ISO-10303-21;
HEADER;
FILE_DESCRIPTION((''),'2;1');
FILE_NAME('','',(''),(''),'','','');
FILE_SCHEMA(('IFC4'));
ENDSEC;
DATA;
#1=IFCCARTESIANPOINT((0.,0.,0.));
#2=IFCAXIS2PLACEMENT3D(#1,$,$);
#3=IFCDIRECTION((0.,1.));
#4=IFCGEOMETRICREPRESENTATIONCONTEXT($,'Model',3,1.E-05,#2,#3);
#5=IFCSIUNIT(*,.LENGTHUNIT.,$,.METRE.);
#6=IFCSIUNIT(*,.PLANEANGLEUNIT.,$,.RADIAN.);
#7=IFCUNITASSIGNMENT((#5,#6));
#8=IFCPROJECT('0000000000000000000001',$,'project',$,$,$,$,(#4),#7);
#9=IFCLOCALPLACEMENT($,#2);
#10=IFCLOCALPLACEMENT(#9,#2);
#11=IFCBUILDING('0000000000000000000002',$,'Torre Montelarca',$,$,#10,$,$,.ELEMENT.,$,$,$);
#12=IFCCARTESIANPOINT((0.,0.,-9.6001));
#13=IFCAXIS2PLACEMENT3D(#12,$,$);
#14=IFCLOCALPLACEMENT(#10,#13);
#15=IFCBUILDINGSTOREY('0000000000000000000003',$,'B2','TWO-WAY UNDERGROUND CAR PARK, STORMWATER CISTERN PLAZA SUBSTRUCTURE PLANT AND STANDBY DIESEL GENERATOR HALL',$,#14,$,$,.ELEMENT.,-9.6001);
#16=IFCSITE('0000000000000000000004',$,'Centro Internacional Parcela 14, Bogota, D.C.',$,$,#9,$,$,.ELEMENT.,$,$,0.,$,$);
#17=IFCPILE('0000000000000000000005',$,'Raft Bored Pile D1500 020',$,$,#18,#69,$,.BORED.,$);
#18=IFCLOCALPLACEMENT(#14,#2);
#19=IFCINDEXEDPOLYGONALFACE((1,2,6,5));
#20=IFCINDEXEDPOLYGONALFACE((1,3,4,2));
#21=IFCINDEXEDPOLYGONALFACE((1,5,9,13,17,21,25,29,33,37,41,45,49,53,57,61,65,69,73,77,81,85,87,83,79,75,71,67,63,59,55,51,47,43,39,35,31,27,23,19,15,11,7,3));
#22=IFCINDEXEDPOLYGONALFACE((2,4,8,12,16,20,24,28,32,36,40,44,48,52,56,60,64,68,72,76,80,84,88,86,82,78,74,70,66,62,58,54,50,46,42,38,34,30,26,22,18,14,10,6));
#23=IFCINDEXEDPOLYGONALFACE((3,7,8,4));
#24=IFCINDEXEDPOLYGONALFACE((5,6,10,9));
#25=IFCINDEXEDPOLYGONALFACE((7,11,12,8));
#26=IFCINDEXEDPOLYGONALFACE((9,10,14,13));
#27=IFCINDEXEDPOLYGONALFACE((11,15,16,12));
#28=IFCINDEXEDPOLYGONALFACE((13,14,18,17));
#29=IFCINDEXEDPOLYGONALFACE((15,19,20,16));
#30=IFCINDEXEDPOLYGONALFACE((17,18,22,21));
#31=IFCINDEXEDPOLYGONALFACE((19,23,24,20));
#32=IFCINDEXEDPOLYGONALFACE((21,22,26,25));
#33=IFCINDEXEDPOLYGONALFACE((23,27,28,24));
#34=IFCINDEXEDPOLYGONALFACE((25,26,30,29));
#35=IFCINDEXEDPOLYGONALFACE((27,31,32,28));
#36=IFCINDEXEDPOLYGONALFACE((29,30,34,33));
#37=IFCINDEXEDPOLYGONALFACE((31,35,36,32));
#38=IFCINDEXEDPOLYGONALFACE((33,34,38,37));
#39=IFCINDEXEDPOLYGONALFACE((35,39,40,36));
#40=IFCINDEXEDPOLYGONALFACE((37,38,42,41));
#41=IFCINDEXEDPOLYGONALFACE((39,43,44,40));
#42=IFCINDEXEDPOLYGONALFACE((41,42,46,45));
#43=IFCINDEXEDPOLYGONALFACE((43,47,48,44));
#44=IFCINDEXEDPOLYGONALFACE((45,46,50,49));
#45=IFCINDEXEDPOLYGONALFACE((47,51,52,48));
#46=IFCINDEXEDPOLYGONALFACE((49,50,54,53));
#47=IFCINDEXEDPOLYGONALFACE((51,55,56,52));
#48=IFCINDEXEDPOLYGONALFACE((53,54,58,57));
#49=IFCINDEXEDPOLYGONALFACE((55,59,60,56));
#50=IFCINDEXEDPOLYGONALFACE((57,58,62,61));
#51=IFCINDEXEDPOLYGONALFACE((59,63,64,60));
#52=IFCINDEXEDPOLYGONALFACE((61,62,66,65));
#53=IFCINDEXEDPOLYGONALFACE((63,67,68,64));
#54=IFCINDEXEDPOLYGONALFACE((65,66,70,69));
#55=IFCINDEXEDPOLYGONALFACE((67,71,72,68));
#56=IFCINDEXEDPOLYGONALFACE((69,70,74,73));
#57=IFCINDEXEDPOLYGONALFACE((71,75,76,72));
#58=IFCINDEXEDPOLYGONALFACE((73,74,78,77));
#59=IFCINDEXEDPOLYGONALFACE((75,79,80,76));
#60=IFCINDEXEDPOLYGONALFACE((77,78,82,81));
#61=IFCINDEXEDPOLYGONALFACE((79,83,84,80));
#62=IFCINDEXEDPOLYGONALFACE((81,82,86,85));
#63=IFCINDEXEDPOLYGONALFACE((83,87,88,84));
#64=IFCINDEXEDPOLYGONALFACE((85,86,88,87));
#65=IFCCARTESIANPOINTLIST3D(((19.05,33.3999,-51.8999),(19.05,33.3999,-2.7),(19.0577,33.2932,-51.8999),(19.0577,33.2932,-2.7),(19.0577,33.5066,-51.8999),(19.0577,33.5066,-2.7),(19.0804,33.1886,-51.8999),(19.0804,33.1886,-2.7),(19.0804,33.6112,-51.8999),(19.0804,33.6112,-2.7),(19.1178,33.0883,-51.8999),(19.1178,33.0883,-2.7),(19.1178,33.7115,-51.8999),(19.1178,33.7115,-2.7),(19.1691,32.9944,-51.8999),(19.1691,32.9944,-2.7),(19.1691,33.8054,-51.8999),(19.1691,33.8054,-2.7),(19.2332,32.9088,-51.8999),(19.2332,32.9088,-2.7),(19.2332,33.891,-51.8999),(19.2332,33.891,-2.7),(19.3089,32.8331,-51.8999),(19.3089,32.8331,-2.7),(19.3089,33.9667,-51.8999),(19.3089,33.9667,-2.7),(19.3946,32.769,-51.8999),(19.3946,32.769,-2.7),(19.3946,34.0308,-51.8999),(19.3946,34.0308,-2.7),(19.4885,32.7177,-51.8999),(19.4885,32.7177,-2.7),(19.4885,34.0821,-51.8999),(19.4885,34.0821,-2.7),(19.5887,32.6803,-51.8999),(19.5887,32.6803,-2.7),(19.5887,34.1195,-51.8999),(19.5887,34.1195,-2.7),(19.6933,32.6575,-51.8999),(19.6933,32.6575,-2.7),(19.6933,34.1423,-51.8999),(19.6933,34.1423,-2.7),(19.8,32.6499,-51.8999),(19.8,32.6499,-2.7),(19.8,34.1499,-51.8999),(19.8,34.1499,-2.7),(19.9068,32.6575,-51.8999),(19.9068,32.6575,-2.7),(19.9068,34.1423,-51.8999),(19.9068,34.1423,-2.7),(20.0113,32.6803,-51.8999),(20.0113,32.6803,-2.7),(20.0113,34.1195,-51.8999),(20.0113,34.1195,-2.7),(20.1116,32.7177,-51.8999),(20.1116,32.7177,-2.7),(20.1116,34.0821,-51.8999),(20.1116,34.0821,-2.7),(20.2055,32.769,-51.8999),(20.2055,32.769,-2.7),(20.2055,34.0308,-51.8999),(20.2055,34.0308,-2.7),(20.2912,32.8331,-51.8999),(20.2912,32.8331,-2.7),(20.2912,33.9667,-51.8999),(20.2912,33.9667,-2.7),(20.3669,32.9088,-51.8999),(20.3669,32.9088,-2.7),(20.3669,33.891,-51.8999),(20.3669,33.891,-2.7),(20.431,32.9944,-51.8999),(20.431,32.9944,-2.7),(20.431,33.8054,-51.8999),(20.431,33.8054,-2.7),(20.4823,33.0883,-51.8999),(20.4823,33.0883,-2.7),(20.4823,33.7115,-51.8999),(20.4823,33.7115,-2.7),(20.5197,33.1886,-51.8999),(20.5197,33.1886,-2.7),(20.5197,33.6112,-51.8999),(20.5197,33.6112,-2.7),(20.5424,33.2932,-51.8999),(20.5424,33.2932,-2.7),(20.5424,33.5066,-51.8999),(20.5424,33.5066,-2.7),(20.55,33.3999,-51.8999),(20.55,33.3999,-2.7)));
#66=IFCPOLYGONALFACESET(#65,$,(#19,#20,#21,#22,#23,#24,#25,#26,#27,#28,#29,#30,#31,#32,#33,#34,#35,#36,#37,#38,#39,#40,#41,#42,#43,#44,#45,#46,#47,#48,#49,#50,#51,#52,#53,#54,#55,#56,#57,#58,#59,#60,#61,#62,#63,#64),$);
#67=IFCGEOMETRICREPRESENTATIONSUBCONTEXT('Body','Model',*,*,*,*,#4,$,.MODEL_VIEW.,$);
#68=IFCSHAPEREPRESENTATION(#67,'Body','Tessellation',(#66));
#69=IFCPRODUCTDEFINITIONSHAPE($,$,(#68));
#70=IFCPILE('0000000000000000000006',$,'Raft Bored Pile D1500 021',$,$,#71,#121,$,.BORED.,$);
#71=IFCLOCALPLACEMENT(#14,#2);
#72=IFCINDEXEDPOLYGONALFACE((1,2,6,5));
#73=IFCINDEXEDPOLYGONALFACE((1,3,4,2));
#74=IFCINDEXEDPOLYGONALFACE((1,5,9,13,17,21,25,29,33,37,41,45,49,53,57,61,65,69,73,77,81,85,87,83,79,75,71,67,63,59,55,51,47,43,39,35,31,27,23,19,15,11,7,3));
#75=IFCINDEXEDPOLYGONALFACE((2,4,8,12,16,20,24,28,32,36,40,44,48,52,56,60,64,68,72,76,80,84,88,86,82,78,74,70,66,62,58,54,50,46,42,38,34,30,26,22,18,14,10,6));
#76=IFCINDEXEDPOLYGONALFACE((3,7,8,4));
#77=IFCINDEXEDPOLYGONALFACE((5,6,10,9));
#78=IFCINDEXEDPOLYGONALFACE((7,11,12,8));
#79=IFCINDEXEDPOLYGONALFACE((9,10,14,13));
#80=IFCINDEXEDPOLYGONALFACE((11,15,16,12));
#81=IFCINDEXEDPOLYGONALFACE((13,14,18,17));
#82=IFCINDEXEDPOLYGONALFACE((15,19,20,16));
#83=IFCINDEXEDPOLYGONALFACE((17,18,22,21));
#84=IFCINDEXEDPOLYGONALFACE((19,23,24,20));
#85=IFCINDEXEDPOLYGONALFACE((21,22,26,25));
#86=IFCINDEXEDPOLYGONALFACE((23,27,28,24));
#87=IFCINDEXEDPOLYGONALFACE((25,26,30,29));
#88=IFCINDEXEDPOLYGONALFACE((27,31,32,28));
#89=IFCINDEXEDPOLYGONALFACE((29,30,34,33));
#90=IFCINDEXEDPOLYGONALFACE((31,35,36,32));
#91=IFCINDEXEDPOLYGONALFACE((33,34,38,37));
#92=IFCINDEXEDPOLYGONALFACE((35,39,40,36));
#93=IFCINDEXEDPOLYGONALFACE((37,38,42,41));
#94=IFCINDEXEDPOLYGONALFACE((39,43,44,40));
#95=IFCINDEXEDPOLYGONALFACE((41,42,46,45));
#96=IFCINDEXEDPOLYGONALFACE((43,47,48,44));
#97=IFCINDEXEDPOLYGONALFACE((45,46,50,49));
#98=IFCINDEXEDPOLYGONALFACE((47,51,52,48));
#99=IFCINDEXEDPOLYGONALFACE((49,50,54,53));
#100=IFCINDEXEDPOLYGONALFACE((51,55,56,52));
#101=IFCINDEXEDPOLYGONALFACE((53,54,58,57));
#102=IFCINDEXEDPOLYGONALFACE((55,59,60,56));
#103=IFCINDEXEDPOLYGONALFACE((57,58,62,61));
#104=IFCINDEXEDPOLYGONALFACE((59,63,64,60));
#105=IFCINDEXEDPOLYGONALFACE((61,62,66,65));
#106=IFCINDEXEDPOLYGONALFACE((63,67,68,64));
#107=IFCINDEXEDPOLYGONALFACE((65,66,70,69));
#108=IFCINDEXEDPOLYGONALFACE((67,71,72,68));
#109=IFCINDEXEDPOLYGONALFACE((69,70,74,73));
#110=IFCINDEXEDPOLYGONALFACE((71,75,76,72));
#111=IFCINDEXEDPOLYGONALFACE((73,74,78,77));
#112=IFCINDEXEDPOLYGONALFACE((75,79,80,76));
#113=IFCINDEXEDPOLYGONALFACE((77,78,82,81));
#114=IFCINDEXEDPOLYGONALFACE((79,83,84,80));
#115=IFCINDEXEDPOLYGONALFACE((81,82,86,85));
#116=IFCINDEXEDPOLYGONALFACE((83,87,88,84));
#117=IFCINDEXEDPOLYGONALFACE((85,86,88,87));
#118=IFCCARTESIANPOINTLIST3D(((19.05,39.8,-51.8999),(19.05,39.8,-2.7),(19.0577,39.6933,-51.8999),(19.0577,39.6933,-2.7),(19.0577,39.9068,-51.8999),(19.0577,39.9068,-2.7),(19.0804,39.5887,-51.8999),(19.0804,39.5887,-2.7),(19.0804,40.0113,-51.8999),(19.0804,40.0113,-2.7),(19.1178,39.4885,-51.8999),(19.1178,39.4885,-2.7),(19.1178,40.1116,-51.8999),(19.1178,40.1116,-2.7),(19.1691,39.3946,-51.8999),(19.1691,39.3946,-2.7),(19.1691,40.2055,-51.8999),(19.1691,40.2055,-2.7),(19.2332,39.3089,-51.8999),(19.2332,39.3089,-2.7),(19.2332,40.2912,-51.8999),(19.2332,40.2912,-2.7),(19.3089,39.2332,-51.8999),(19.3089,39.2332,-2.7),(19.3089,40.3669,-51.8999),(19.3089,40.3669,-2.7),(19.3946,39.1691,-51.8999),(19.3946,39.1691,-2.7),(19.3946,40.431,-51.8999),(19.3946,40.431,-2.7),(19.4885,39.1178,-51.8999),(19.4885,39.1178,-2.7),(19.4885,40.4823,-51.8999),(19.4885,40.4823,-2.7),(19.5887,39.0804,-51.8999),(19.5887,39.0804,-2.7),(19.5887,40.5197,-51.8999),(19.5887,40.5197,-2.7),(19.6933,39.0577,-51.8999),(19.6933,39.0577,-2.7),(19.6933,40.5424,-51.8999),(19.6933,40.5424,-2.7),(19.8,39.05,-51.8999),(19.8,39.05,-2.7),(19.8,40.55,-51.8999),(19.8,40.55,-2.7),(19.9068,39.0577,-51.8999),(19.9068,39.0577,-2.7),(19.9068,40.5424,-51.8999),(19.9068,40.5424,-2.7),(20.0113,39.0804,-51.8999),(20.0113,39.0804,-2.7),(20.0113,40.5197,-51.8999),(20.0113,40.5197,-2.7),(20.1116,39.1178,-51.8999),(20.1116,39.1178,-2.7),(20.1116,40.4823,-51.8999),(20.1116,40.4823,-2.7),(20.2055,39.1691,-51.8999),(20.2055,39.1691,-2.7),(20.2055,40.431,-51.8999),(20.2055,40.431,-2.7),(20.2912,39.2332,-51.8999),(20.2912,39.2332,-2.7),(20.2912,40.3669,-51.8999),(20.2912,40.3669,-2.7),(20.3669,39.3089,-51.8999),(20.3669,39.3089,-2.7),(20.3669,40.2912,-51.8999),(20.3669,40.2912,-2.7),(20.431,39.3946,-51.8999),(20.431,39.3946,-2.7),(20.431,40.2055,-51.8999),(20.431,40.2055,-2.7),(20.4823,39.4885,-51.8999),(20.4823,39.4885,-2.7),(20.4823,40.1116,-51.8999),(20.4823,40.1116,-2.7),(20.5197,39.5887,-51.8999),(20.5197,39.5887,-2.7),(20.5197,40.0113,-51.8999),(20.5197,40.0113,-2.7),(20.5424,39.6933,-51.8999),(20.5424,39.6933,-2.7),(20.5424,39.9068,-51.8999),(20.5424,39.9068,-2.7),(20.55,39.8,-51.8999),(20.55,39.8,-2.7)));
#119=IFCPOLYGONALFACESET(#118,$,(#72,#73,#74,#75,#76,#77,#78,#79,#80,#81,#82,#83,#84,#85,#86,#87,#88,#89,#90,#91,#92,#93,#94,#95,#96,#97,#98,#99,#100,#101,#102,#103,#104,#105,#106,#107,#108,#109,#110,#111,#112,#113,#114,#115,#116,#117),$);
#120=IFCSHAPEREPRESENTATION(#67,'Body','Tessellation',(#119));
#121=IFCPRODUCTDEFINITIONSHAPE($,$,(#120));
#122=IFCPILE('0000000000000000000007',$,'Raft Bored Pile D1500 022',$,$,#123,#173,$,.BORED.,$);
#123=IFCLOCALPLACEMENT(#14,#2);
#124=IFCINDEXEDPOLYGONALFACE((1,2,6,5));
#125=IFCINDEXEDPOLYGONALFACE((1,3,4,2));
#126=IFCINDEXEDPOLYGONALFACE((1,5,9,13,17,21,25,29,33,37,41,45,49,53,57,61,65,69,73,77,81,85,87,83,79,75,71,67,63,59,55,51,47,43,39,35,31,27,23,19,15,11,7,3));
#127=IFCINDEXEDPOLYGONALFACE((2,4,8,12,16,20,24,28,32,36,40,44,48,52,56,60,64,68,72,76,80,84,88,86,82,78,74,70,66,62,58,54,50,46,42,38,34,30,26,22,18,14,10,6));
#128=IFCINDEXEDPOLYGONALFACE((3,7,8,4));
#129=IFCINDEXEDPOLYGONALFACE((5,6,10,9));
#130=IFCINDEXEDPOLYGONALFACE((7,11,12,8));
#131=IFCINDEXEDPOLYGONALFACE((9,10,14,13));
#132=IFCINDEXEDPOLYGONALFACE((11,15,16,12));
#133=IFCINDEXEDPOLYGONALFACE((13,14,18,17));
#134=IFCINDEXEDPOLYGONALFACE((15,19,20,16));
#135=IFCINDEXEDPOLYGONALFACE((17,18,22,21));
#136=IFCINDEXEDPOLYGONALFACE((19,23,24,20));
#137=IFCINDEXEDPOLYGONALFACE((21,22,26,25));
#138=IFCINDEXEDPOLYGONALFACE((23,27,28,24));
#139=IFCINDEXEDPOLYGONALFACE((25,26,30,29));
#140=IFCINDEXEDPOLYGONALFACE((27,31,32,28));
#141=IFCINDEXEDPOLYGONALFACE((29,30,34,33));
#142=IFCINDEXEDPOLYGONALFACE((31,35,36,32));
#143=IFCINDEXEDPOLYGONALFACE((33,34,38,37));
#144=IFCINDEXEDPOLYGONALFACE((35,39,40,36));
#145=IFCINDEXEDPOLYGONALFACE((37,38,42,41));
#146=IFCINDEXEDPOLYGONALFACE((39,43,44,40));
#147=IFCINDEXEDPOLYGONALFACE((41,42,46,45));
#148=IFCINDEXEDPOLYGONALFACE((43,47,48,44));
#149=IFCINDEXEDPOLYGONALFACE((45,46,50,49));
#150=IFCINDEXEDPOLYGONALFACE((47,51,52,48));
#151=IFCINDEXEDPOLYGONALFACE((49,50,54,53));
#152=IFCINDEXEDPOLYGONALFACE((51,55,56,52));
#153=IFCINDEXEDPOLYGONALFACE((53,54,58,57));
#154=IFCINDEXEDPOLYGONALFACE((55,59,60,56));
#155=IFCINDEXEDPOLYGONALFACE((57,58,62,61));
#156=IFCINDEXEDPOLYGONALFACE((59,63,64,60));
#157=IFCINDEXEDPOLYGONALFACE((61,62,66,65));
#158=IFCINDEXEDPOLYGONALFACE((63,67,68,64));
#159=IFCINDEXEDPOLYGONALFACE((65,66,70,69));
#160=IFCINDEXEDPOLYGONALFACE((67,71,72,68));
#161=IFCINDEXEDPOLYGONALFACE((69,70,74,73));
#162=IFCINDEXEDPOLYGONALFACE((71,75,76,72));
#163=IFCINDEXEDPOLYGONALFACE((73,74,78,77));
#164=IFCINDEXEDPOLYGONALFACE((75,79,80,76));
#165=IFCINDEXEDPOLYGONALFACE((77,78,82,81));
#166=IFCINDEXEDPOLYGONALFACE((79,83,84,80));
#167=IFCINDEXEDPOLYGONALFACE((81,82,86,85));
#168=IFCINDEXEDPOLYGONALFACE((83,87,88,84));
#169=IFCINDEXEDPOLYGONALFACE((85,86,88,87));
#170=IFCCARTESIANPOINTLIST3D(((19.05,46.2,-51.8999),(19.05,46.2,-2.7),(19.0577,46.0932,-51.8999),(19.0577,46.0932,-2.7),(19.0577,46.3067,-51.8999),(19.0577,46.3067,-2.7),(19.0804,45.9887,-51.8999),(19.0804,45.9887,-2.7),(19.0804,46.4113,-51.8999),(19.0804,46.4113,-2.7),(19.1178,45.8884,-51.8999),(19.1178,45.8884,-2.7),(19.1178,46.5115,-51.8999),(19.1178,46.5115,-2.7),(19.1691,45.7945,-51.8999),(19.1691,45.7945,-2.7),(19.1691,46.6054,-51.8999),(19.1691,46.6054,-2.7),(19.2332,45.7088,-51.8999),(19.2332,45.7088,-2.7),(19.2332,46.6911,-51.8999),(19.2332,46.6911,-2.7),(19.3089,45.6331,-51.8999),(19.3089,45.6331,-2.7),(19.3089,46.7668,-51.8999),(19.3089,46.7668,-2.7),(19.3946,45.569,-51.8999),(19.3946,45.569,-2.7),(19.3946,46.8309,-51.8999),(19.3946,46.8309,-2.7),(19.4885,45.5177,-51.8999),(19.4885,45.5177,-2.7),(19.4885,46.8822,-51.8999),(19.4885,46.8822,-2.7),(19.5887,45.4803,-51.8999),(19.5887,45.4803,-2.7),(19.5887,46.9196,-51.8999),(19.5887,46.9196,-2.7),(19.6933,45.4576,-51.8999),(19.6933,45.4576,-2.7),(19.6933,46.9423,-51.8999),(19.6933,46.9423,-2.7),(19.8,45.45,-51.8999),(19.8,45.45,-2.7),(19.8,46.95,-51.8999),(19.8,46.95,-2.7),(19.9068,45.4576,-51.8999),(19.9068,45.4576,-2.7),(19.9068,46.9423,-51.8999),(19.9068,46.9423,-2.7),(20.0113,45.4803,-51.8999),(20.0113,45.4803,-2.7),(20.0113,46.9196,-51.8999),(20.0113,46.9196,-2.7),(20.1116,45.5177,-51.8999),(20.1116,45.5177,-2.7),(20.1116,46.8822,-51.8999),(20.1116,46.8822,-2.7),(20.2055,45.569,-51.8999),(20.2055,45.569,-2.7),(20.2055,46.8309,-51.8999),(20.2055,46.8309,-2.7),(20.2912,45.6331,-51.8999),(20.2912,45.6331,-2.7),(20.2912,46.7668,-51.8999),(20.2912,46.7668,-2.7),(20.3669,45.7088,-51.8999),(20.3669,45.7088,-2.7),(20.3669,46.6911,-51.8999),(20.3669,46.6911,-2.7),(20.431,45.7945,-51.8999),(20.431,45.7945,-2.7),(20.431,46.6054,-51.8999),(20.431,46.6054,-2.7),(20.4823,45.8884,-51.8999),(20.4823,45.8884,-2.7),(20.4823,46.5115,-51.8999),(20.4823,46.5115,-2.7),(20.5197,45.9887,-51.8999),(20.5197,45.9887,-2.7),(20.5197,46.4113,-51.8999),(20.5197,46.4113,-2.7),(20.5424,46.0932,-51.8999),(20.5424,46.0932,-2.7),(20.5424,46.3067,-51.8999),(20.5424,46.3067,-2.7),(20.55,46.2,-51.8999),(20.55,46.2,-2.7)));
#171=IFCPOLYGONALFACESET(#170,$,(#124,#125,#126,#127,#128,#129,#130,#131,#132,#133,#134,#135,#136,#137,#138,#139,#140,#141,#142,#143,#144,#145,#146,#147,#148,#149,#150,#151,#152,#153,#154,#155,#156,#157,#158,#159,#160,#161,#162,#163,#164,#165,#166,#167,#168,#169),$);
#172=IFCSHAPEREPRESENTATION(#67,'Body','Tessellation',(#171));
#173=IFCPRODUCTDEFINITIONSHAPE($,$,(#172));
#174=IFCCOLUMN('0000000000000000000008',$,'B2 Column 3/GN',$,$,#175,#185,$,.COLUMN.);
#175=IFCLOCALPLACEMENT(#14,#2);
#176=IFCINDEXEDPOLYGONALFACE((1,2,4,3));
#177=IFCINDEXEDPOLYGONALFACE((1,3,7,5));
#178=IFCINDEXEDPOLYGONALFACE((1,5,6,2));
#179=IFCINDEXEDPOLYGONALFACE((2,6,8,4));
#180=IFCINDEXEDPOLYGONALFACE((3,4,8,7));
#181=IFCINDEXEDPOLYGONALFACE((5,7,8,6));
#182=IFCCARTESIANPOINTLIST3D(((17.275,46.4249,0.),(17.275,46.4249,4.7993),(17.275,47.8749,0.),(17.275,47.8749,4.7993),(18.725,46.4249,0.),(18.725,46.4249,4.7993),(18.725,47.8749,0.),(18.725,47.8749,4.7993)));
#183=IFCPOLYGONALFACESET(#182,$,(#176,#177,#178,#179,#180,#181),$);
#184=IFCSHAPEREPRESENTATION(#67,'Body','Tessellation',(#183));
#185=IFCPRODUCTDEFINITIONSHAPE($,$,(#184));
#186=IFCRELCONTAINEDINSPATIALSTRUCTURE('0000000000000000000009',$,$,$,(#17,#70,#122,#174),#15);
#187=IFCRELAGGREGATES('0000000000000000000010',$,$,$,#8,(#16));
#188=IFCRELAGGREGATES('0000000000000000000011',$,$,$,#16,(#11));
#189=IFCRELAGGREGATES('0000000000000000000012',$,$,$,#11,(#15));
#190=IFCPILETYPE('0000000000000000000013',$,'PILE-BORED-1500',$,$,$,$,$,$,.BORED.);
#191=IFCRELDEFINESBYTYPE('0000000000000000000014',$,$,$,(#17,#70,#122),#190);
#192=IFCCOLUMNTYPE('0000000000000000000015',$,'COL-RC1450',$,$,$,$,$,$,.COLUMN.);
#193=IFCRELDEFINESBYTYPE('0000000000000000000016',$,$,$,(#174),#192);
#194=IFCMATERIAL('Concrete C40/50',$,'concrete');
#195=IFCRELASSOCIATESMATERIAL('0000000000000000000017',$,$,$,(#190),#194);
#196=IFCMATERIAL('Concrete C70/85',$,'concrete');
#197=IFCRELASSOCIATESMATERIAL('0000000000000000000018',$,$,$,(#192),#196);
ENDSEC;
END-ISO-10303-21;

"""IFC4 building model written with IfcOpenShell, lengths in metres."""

from ifc_helpers import new_model, si_unit, direction, frame, origin, origin_2d, place, context, subcontext, project, spatial, rectangle, circle, extrude, source, transform, mapped, material, material_profile, profile_set, type_object, element, save


model = new_model("IFC4")

# Units and contexts
model_context = context("Model", 3, precision=1e-05, world=origin(), true_north=direction((0.0, 1.0)))
body_context = subcontext(model_context, "Body", "Model", "MODEL_VIEW")
ifc_project = project(units=[si_unit("LENGTHUNIT", "METRE"), si_unit("PLANEANGLEUNIT", "RADIAN")], contexts=[model_context])

# Site, building, storey
site_placement = place(None, origin())
site = spatial("IfcSite", under=ifc_project, at=site_placement, Name="Centro Internacional Parcela 14, Bogota, D.C.", CompositionType="ELEMENT", RefElevation=0.0)
building_placement = place(site_placement, origin())
building = spatial("IfcBuilding", under=site, at=building_placement, Name="Torre Montelarca", CompositionType="ELEMENT")
storey_placement = place(building_placement, frame((0.0, 0.0, -9.6001)))
storey = spatial("IfcBuildingStorey", under=building, at=storey_placement, Name="B2", Description="TWO-WAY UNDERGROUND CAR PARK, STORMWATER CISTERN PLAZA SUBSTRUCTURE PLANT AND STANDBY DIESEL GENERATOR HALL", CompositionType="ELEMENT", Elevation=-9.6001)

# Piles
ifc_material_1 = material(Name="Concrete C40/50", Category="concrete")
ifc_material_profile_1 = material_profile(ifc_material_1, circle(Radius=0.75, at=origin_2d()), Name="PILE-D1500", Category="concrete")
ifc_profile_set_1 = profile_set([ifc_material_profile_1], Name="Concrete C40/50")
pile_type = type_object("IfcPileType", Name="PILE-BORED-1500", PredefinedType="BORED", material=ifc_profile_set_1)
shared_shape_1 = source(origin(), body_context, "Body", "SweptSolid", [
    extrude(circle(Radius=0.75, at=origin_2d()), origin(), (0.0, 0.0, 1.0), 49.2),
])
for number, where, z_axis, x_axis, name in (
    (1, (19.8, 33.3999, -2.7), (0.0, 0.0, -1.0), (1.0, 0.0, 0.0), "Raft Bored Pile D1500 020"),
    (2, (19.8, 39.8, -2.7), (0.0, 0.0, -1.0), (1.0, 0.0, 0.0), "Raft Bored Pile D1500 021"),
    (3, (19.8, 46.2, -2.7), (0.0, 0.0, -1.0), (1.0, 0.0, 0.0), "Raft Bored Pile D1500 022"),
):
    element("IfcPile", number, at=place(storey_placement, frame(where, z_axis=z_axis, x_axis=x_axis)), inside=storey, type_object=pile_type, Name=name, PredefinedType="BORED", context=body_context, shape_type="MappedRepresentation", body=[
        mapped(shared_shape_1, transform((0.0, 0.0, 0.0), scale=1.0)),
    ])

# Column
ifc_material_2 = material(Name="Concrete C70/85", Category="concrete")
ifc_material_profile_2 = material_profile(ifc_material_2, rectangle(XDim=1.45, YDim=1.45, at=origin_2d()), Name="RC1450X1450", Category="concrete")
ifc_profile_set_2 = profile_set([ifc_material_profile_2], Name="Concrete C70/85")
column_type = type_object("IfcColumnType", Name="COL-RC1450", PredefinedType="COLUMN", material=ifc_profile_set_2)
shared_shape_2 = source(origin(), body_context, "Body", "SweptSolid", [
    extrude(rectangle(XDim=1.45, YDim=1.45, at=origin_2d()), origin(), (0.0, 0.0, 1.0), 4.7993),
])
column_placement = place(storey_placement, frame((18.0, 47.1499, 0.0), z_axis=(0.0, 0.0, 1.0), x_axis=(1.0, 0.0, 0.0)))
element("IfcColumn", 4, at=column_placement, inside=storey, type_object=column_type, Name="B2 Column 3/GN", PredefinedType="COLUMN", context=body_context, shape_type="MappedRepresentation", body=[
    mapped(shared_shape_2, transform((0.0, 0.0, 0.0), scale=1.0)),
])

save(model, "model.ifc")
